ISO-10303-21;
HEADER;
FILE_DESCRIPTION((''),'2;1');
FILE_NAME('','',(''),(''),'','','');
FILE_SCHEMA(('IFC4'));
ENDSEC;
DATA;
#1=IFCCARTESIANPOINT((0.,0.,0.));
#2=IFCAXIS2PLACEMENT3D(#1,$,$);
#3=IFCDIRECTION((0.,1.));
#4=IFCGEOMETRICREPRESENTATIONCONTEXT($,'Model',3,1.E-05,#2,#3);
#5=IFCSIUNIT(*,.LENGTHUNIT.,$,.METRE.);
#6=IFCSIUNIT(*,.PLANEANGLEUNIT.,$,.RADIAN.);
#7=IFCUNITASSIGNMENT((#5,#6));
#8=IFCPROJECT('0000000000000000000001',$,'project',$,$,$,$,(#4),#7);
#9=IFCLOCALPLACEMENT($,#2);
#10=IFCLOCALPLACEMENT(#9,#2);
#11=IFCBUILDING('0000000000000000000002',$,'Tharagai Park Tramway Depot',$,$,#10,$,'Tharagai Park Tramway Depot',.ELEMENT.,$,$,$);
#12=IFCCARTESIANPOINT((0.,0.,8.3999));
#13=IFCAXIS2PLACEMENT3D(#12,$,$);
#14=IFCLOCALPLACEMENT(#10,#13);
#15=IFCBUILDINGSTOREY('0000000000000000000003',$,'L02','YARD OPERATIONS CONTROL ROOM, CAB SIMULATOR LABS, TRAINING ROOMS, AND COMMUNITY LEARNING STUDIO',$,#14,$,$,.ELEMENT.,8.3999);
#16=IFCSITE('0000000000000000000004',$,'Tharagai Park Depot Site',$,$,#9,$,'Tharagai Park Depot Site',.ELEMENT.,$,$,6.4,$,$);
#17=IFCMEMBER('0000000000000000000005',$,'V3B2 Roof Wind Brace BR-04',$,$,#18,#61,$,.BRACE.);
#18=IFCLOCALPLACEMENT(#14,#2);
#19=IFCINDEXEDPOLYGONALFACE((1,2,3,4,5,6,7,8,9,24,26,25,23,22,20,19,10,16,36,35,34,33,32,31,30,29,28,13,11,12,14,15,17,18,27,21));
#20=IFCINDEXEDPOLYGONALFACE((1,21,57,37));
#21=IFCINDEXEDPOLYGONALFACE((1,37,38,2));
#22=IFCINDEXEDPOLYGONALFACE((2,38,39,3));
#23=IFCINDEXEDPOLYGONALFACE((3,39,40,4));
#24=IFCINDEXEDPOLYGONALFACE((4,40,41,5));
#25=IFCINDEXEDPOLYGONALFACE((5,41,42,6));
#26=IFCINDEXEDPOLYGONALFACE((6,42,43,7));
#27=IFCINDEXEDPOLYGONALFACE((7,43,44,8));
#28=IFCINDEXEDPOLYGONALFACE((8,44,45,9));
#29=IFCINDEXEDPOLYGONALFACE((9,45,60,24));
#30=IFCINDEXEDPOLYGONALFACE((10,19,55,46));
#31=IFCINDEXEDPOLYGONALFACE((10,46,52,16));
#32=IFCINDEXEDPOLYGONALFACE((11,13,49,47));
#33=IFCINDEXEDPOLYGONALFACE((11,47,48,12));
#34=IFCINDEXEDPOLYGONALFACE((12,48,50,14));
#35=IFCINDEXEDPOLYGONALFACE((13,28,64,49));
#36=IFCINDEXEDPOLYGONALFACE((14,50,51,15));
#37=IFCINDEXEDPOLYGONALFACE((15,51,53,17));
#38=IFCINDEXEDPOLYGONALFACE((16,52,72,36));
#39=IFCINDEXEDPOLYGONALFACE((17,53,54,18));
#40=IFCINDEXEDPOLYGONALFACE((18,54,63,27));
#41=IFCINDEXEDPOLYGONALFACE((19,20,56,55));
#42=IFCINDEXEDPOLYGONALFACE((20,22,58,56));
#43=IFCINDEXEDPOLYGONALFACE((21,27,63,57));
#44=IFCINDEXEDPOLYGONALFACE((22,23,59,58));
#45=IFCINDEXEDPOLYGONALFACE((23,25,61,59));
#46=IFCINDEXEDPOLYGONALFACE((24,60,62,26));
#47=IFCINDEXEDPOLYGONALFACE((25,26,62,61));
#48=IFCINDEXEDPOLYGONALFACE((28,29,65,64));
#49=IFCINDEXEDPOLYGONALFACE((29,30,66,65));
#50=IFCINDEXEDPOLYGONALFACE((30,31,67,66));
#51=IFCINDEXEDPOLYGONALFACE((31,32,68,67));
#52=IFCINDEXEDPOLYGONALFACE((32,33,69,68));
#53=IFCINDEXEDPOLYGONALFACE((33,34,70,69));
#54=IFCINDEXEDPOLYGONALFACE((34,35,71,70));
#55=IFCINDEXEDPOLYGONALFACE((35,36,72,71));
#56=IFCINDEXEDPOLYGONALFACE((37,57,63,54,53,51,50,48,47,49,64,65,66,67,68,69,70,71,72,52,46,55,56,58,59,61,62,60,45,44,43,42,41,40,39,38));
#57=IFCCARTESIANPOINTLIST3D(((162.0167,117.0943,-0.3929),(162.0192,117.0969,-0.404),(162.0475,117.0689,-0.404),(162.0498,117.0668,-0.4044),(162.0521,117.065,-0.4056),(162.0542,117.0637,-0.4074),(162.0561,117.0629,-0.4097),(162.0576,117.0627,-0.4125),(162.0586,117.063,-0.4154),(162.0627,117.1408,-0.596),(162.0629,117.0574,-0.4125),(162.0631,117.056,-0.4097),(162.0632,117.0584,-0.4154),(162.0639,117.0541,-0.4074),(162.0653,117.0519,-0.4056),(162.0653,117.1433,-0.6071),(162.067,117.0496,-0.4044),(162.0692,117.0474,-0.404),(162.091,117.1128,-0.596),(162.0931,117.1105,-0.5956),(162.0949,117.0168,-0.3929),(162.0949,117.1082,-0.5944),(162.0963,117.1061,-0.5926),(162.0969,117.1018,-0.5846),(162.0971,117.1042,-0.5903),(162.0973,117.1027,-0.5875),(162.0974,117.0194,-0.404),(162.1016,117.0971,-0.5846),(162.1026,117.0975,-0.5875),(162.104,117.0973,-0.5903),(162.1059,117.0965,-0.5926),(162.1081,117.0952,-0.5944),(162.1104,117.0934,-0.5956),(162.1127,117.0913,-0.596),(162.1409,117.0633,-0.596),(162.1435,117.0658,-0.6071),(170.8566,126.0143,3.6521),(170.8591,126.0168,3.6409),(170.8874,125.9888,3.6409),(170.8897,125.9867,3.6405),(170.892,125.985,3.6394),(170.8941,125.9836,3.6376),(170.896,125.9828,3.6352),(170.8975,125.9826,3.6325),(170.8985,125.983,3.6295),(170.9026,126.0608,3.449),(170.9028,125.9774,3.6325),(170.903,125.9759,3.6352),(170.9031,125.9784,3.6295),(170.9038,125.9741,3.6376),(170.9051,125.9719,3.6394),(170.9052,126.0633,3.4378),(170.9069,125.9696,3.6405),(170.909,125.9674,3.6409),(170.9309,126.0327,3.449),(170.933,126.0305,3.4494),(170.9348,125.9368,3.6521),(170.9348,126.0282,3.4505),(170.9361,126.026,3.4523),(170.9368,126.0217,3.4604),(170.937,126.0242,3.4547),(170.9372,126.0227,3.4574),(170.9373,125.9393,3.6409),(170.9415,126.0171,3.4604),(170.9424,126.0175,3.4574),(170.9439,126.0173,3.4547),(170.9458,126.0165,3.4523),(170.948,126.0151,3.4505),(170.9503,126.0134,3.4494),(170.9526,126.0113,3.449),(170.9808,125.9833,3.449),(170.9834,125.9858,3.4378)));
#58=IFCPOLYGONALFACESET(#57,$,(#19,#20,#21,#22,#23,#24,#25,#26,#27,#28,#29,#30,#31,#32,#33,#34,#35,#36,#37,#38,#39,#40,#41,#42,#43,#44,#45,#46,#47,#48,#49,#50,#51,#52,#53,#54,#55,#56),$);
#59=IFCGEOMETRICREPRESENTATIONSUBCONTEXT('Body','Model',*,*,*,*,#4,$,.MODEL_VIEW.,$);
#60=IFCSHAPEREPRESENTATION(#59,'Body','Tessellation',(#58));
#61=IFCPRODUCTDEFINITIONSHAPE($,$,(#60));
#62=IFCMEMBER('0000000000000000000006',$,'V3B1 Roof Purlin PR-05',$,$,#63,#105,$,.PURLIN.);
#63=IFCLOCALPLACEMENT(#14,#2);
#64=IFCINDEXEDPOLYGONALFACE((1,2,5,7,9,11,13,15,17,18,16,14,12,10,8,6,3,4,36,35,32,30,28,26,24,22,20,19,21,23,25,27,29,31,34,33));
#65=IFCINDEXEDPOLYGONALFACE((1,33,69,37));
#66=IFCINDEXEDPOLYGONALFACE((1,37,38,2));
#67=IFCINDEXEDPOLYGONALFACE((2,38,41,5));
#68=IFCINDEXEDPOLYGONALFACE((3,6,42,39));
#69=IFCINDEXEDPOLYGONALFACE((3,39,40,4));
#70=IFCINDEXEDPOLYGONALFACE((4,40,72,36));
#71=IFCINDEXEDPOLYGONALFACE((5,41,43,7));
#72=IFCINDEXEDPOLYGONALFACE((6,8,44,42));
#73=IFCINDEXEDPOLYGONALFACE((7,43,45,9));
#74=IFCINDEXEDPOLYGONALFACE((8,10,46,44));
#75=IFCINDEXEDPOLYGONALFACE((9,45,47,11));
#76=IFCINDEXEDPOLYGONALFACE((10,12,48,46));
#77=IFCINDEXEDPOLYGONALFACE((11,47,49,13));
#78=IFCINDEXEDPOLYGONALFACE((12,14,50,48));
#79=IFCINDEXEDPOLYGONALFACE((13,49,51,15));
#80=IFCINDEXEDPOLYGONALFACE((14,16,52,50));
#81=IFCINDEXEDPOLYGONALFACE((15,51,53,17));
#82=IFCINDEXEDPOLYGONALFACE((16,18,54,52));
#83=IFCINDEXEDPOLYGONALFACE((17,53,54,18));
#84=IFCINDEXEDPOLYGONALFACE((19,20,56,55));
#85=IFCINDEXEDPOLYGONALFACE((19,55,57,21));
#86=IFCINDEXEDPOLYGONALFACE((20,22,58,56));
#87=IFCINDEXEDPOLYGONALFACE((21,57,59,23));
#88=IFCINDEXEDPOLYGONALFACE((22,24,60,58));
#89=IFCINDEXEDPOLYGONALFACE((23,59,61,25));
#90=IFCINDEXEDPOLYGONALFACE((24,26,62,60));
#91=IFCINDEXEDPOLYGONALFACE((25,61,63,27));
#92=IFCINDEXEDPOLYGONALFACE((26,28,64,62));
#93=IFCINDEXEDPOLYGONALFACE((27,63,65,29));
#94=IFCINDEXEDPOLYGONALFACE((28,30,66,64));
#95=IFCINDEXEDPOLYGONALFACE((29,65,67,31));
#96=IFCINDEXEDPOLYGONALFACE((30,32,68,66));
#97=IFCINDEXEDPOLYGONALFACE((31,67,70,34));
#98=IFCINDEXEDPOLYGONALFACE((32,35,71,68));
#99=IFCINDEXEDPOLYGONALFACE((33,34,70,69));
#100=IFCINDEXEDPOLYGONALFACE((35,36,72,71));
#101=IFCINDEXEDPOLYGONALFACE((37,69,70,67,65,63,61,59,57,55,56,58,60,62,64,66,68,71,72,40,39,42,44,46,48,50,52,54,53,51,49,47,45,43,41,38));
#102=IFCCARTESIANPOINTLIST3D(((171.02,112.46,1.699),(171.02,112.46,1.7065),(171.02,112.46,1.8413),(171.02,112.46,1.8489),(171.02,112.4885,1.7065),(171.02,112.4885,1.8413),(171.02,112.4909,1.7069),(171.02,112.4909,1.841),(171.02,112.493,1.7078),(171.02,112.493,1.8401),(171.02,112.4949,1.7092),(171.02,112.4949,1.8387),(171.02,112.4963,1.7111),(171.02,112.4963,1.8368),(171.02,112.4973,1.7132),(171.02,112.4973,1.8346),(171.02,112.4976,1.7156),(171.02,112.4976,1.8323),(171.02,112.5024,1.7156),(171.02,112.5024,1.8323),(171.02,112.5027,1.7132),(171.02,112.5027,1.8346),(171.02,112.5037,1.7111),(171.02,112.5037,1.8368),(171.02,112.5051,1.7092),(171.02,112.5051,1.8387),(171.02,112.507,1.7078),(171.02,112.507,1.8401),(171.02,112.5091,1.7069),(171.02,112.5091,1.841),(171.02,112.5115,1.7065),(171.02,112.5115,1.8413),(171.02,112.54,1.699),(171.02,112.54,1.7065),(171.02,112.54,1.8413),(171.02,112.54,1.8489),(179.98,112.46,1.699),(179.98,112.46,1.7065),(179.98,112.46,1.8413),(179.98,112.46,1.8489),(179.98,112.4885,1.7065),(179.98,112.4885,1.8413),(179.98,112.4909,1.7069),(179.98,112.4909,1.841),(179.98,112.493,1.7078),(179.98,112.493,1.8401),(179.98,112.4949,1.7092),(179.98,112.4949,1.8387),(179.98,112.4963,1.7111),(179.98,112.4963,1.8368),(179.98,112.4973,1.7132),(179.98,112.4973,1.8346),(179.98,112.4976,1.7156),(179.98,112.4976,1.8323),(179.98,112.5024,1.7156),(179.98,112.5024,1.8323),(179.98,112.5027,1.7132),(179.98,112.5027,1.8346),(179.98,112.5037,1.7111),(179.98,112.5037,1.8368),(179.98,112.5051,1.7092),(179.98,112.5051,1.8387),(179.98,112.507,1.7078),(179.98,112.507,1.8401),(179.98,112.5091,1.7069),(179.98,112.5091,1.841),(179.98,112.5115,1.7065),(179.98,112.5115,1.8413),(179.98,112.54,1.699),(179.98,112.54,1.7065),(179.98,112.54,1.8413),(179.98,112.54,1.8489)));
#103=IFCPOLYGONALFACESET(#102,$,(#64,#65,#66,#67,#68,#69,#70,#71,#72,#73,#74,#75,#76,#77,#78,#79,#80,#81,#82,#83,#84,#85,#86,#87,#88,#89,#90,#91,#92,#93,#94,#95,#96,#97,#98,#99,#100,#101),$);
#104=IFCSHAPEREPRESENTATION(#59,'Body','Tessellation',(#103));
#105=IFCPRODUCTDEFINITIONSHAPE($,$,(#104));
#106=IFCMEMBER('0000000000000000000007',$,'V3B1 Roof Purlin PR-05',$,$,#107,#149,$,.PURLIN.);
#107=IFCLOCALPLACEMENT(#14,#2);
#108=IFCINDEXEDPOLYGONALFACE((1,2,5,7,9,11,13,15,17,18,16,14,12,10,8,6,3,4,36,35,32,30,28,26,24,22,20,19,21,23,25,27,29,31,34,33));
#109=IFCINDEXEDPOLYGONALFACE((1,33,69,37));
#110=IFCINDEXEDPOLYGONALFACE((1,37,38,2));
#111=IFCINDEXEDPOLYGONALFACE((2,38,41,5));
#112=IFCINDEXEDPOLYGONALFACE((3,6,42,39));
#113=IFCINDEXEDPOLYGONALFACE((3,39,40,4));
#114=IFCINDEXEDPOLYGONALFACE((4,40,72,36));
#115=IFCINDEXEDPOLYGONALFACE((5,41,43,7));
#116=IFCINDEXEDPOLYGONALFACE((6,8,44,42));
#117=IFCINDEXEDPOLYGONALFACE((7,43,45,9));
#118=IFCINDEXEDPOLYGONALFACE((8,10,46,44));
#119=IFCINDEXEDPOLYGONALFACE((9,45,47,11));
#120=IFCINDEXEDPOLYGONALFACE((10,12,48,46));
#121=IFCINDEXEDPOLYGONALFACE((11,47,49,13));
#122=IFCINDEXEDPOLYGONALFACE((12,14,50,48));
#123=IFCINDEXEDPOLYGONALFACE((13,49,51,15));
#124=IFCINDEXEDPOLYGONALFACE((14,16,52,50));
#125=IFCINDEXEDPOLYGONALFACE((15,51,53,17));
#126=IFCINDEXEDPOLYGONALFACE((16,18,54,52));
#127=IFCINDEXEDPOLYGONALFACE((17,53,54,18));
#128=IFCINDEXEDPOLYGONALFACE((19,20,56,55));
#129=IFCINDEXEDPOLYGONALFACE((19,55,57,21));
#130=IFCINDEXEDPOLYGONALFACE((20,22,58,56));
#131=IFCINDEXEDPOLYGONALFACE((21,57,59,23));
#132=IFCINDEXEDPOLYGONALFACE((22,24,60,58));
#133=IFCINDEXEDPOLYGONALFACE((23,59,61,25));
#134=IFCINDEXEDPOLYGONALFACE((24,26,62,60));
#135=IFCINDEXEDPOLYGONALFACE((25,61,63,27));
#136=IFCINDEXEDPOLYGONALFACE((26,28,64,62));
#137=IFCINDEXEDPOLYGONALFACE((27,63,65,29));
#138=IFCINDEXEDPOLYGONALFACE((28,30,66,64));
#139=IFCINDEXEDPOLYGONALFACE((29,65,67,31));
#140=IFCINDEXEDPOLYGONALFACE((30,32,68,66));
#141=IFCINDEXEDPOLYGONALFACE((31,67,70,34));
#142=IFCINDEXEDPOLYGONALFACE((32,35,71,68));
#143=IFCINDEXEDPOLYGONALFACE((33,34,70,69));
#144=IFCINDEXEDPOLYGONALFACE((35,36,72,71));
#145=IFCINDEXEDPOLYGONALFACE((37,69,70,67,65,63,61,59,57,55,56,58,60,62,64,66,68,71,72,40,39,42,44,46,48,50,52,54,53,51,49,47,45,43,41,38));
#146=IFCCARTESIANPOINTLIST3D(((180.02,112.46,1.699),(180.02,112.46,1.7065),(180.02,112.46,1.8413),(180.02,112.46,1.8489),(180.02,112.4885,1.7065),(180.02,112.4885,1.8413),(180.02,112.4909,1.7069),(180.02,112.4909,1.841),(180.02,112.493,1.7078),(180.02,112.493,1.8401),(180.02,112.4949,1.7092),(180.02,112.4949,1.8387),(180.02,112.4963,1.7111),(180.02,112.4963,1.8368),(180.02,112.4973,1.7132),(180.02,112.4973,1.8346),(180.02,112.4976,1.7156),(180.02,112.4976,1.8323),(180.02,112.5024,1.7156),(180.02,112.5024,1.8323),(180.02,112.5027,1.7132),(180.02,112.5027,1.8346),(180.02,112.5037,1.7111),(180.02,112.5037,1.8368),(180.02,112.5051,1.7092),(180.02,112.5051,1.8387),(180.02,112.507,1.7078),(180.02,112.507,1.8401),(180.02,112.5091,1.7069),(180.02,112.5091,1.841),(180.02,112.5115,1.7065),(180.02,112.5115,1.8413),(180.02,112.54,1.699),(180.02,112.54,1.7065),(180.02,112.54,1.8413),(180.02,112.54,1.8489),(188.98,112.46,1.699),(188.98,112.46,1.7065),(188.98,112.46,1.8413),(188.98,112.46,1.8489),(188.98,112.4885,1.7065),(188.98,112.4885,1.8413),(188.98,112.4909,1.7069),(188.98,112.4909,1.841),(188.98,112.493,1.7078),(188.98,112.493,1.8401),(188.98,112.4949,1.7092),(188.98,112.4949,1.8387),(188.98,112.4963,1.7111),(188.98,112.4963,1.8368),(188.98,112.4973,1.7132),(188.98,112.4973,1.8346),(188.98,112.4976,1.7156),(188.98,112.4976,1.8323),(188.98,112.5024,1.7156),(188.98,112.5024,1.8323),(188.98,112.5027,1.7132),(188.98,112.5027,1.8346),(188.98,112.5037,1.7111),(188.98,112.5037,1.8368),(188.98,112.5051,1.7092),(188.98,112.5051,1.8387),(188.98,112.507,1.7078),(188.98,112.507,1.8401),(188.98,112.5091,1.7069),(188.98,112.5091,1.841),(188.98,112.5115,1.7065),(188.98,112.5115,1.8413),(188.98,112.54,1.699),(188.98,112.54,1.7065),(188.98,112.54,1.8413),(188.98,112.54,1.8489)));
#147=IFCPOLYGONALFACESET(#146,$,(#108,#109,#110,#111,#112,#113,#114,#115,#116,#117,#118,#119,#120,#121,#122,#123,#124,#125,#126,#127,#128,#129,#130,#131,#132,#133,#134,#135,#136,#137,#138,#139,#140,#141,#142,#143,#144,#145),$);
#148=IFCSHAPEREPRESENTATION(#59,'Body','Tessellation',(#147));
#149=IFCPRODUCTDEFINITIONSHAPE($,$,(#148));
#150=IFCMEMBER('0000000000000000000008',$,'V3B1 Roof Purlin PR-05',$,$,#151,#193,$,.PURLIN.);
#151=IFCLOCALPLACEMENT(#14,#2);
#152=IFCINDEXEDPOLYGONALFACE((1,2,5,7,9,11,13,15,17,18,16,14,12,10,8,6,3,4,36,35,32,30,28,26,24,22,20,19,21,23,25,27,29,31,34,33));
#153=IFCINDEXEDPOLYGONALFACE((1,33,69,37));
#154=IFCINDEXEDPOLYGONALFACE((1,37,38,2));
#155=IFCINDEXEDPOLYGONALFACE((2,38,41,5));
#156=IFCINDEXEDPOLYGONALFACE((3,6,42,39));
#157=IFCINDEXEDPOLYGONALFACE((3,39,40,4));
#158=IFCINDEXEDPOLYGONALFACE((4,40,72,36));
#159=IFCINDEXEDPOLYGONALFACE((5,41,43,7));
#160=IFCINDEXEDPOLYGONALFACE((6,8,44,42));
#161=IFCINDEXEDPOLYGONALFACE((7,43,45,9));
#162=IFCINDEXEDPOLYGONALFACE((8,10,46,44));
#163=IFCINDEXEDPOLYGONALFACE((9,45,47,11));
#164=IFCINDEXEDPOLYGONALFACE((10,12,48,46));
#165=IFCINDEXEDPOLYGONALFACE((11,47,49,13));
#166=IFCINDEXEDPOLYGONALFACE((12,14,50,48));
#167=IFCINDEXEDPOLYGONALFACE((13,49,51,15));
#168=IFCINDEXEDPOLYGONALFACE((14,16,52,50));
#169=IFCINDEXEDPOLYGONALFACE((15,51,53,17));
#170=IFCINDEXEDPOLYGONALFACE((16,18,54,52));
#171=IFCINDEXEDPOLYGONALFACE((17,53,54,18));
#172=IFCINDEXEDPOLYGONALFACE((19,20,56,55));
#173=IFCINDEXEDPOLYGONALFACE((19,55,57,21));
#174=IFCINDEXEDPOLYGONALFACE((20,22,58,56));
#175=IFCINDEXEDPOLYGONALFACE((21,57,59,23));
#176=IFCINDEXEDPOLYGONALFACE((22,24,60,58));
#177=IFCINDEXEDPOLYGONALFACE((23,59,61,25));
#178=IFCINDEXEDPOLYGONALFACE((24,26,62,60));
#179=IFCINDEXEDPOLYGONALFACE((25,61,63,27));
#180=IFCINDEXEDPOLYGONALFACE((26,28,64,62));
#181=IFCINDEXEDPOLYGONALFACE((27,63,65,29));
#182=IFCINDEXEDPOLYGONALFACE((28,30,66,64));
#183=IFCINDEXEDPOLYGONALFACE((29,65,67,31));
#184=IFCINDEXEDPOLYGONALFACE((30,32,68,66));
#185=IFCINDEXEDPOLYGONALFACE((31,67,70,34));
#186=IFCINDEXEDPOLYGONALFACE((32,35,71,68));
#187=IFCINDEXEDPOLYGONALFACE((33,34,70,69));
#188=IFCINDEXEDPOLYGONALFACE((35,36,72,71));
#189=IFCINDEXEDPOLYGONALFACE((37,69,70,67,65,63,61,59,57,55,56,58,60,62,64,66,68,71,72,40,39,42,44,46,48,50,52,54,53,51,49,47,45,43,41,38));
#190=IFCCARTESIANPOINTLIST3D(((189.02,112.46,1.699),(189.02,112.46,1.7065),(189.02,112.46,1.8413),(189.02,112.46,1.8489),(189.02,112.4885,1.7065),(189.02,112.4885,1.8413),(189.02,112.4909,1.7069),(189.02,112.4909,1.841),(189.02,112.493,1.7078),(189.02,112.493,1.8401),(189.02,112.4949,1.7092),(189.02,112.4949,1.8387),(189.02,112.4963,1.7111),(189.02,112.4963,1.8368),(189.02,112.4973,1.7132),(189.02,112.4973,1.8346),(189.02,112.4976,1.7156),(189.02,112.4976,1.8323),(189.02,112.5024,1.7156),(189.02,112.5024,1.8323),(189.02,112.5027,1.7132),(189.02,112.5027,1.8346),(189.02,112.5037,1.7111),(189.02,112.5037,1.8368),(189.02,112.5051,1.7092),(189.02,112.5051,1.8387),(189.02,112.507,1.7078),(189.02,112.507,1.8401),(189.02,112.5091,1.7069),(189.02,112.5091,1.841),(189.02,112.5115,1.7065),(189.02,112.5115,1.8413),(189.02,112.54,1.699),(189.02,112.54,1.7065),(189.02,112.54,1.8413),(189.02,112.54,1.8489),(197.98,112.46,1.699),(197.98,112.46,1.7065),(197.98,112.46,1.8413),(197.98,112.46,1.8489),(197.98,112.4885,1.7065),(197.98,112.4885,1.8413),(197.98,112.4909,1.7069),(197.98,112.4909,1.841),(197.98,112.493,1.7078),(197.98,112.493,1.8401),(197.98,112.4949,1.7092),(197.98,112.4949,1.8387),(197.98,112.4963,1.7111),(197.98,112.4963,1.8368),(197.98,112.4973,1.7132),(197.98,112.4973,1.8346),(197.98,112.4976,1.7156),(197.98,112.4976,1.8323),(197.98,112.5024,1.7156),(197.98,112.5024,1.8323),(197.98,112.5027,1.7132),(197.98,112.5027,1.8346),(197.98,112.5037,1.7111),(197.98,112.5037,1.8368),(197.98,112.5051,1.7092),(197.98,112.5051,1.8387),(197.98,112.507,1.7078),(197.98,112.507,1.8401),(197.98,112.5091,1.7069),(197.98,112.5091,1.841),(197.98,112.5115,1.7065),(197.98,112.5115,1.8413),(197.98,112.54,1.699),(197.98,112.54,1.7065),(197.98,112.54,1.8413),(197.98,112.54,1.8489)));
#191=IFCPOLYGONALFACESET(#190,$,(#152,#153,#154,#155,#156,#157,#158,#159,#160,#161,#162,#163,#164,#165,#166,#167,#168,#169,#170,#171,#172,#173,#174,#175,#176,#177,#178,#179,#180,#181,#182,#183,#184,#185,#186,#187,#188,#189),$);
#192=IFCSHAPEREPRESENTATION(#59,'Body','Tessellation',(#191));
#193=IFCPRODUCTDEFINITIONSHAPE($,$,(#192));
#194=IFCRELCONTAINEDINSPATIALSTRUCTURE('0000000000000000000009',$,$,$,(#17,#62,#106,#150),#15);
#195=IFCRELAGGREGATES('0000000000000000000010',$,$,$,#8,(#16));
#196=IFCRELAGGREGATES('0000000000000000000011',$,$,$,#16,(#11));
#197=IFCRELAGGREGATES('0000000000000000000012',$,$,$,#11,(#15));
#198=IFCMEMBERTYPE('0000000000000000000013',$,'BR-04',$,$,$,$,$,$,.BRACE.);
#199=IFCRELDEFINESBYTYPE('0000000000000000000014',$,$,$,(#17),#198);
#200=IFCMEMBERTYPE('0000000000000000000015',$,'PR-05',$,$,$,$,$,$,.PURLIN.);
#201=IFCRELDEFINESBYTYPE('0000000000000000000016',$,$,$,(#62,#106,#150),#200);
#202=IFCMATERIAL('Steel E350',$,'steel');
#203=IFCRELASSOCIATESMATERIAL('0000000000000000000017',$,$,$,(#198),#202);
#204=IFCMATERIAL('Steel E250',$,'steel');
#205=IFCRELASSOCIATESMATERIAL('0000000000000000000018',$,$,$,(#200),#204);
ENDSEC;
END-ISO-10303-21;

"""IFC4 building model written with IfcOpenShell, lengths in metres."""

from ifc_helpers import new_model, si_unit, direction, frame, origin, origin_2d, place, context, subcontext, project, spatial, i_section, extrude, material, material_profile, profile_set, type_object, element, save


model = new_model("IFC4")

# Units and contexts
model_context = context("Model", 3, precision=1e-05, world=origin(), true_north=direction((0.0, 1.0)))
body_context = subcontext(model_context, "Body", "Model", "MODEL_VIEW")
ifc_project = project(units=[si_unit("LENGTHUNIT", "METRE"), si_unit("PLANEANGLEUNIT", "RADIAN")], contexts=[model_context])

# Site, building, storey
site_placement = place(None, origin())
site = spatial("IfcSite", under=ifc_project, at=site_placement, Name="Tharagai Park Depot Site", LongName="Tharagai Park Depot Site", CompositionType="ELEMENT", RefElevation=6.4)
building_placement = place(site_placement, origin())
building = spatial("IfcBuilding", under=site, at=building_placement, Name="Tharagai Park Tramway Depot", LongName="Tharagai Park Tramway Depot", CompositionType="ELEMENT")
storey_placement = place(building_placement, frame((0.0, 0.0, 8.3999)))
storey = spatial("IfcBuildingStorey", under=building, at=storey_placement, Name="L02", Description="YARD OPERATIONS CONTROL ROOM, CAB SIMULATOR LABS, TRAINING ROOMS, AND COMMUNITY LEARNING STUDIO", CompositionType="ELEMENT", Elevation=8.3999)

# Shared definitions
ifc_material_1 = material(Name="Steel E350", Category="steel")

# Members
ifc_material_profile_1 = material_profile(ifc_material_1, i_section(OverallWidth=0.1101, OverallDepth=0.2251, WebThickness=0.0066, FlangeThickness=0.0117, FilletRadius=0.012, at=origin_2d()), Name="ISMB 225")
ifc_profile_set_1 = profile_set([ifc_material_profile_1], Name="Steel E350")
member_type_1 = type_object("IfcMemberType", Name="BR-04", PredefinedType="BRACE", material=ifc_profile_set_1)
for number, where, z_axis, x_axis, name in (
    (1, (162.0801, 117.0801, -0.5), (0.670014, 0.676083, 0.306584), (-0.710288, 0.703911, 0.0), "V3B2 Roof Wind Brace BR-04"),
):
    element("IfcMember", number, at=place(storey_placement, frame(where, z_axis=z_axis, x_axis=x_axis)), inside=storey, type_object=member_type_1, Name=name, PredefinedType="BRACE", context=body_context, shape_type="SweptSolid", body=[
        extrude(i_section(OverallWidth=0.1101, OverallDepth=0.2251, WebThickness=0.0066, FlangeThickness=0.0117, FilletRadius=0.012, at=origin_2d()), origin(), (0.0, 0.0, 1.0), 13.1936),
    ])
ifc_material_2 = material(Name="Steel E250", Category="steel")
ifc_material_profile_2 = material_profile(ifc_material_2, i_section(OverallWidth=0.0801, OverallDepth=0.1499, WebThickness=0.0049, FlangeThickness=0.0076, FilletRadius=0.009, at=origin_2d()), Name="ISMB 150")
ifc_profile_set_2 = profile_set([ifc_material_profile_2], Name="Steel E250")
member_type_2 = type_object("IfcMemberType", Name="PR-05", PredefinedType="PURLIN", material=ifc_profile_set_2)
for number, where, z_axis, x_axis, name in (
    (2, (171.02, 112.5, 1.7739), (1.0, 0.0, 0.0), (0.0, 1.0, 0.0), "V3B1 Roof Purlin PR-05"),
    (3, (180.02, 112.5, 1.7739), (1.0, 0.0, 0.0), (0.0, 1.0, 0.0), "V3B1 Roof Purlin PR-05"),
    (4, (189.02, 112.5, 1.7739), (1.0, 0.0, 0.0), (0.0, 1.0, 0.0), "V3B1 Roof Purlin PR-05"),
):
    element("IfcMember", number, at=place(storey_placement, frame(where, z_axis=z_axis, x_axis=x_axis)), inside=storey, type_object=member_type_2, Name=name, PredefinedType="PURLIN", context=body_context, shape_type="SweptSolid", body=[
        extrude(i_section(OverallWidth=0.0801, OverallDepth=0.1499, WebThickness=0.0049, FlangeThickness=0.0076, FilletRadius=0.009, at=origin_2d()), origin(), (0.0, 0.0, 1.0), 8.96),
    ])

save(model, "model.ifc")
